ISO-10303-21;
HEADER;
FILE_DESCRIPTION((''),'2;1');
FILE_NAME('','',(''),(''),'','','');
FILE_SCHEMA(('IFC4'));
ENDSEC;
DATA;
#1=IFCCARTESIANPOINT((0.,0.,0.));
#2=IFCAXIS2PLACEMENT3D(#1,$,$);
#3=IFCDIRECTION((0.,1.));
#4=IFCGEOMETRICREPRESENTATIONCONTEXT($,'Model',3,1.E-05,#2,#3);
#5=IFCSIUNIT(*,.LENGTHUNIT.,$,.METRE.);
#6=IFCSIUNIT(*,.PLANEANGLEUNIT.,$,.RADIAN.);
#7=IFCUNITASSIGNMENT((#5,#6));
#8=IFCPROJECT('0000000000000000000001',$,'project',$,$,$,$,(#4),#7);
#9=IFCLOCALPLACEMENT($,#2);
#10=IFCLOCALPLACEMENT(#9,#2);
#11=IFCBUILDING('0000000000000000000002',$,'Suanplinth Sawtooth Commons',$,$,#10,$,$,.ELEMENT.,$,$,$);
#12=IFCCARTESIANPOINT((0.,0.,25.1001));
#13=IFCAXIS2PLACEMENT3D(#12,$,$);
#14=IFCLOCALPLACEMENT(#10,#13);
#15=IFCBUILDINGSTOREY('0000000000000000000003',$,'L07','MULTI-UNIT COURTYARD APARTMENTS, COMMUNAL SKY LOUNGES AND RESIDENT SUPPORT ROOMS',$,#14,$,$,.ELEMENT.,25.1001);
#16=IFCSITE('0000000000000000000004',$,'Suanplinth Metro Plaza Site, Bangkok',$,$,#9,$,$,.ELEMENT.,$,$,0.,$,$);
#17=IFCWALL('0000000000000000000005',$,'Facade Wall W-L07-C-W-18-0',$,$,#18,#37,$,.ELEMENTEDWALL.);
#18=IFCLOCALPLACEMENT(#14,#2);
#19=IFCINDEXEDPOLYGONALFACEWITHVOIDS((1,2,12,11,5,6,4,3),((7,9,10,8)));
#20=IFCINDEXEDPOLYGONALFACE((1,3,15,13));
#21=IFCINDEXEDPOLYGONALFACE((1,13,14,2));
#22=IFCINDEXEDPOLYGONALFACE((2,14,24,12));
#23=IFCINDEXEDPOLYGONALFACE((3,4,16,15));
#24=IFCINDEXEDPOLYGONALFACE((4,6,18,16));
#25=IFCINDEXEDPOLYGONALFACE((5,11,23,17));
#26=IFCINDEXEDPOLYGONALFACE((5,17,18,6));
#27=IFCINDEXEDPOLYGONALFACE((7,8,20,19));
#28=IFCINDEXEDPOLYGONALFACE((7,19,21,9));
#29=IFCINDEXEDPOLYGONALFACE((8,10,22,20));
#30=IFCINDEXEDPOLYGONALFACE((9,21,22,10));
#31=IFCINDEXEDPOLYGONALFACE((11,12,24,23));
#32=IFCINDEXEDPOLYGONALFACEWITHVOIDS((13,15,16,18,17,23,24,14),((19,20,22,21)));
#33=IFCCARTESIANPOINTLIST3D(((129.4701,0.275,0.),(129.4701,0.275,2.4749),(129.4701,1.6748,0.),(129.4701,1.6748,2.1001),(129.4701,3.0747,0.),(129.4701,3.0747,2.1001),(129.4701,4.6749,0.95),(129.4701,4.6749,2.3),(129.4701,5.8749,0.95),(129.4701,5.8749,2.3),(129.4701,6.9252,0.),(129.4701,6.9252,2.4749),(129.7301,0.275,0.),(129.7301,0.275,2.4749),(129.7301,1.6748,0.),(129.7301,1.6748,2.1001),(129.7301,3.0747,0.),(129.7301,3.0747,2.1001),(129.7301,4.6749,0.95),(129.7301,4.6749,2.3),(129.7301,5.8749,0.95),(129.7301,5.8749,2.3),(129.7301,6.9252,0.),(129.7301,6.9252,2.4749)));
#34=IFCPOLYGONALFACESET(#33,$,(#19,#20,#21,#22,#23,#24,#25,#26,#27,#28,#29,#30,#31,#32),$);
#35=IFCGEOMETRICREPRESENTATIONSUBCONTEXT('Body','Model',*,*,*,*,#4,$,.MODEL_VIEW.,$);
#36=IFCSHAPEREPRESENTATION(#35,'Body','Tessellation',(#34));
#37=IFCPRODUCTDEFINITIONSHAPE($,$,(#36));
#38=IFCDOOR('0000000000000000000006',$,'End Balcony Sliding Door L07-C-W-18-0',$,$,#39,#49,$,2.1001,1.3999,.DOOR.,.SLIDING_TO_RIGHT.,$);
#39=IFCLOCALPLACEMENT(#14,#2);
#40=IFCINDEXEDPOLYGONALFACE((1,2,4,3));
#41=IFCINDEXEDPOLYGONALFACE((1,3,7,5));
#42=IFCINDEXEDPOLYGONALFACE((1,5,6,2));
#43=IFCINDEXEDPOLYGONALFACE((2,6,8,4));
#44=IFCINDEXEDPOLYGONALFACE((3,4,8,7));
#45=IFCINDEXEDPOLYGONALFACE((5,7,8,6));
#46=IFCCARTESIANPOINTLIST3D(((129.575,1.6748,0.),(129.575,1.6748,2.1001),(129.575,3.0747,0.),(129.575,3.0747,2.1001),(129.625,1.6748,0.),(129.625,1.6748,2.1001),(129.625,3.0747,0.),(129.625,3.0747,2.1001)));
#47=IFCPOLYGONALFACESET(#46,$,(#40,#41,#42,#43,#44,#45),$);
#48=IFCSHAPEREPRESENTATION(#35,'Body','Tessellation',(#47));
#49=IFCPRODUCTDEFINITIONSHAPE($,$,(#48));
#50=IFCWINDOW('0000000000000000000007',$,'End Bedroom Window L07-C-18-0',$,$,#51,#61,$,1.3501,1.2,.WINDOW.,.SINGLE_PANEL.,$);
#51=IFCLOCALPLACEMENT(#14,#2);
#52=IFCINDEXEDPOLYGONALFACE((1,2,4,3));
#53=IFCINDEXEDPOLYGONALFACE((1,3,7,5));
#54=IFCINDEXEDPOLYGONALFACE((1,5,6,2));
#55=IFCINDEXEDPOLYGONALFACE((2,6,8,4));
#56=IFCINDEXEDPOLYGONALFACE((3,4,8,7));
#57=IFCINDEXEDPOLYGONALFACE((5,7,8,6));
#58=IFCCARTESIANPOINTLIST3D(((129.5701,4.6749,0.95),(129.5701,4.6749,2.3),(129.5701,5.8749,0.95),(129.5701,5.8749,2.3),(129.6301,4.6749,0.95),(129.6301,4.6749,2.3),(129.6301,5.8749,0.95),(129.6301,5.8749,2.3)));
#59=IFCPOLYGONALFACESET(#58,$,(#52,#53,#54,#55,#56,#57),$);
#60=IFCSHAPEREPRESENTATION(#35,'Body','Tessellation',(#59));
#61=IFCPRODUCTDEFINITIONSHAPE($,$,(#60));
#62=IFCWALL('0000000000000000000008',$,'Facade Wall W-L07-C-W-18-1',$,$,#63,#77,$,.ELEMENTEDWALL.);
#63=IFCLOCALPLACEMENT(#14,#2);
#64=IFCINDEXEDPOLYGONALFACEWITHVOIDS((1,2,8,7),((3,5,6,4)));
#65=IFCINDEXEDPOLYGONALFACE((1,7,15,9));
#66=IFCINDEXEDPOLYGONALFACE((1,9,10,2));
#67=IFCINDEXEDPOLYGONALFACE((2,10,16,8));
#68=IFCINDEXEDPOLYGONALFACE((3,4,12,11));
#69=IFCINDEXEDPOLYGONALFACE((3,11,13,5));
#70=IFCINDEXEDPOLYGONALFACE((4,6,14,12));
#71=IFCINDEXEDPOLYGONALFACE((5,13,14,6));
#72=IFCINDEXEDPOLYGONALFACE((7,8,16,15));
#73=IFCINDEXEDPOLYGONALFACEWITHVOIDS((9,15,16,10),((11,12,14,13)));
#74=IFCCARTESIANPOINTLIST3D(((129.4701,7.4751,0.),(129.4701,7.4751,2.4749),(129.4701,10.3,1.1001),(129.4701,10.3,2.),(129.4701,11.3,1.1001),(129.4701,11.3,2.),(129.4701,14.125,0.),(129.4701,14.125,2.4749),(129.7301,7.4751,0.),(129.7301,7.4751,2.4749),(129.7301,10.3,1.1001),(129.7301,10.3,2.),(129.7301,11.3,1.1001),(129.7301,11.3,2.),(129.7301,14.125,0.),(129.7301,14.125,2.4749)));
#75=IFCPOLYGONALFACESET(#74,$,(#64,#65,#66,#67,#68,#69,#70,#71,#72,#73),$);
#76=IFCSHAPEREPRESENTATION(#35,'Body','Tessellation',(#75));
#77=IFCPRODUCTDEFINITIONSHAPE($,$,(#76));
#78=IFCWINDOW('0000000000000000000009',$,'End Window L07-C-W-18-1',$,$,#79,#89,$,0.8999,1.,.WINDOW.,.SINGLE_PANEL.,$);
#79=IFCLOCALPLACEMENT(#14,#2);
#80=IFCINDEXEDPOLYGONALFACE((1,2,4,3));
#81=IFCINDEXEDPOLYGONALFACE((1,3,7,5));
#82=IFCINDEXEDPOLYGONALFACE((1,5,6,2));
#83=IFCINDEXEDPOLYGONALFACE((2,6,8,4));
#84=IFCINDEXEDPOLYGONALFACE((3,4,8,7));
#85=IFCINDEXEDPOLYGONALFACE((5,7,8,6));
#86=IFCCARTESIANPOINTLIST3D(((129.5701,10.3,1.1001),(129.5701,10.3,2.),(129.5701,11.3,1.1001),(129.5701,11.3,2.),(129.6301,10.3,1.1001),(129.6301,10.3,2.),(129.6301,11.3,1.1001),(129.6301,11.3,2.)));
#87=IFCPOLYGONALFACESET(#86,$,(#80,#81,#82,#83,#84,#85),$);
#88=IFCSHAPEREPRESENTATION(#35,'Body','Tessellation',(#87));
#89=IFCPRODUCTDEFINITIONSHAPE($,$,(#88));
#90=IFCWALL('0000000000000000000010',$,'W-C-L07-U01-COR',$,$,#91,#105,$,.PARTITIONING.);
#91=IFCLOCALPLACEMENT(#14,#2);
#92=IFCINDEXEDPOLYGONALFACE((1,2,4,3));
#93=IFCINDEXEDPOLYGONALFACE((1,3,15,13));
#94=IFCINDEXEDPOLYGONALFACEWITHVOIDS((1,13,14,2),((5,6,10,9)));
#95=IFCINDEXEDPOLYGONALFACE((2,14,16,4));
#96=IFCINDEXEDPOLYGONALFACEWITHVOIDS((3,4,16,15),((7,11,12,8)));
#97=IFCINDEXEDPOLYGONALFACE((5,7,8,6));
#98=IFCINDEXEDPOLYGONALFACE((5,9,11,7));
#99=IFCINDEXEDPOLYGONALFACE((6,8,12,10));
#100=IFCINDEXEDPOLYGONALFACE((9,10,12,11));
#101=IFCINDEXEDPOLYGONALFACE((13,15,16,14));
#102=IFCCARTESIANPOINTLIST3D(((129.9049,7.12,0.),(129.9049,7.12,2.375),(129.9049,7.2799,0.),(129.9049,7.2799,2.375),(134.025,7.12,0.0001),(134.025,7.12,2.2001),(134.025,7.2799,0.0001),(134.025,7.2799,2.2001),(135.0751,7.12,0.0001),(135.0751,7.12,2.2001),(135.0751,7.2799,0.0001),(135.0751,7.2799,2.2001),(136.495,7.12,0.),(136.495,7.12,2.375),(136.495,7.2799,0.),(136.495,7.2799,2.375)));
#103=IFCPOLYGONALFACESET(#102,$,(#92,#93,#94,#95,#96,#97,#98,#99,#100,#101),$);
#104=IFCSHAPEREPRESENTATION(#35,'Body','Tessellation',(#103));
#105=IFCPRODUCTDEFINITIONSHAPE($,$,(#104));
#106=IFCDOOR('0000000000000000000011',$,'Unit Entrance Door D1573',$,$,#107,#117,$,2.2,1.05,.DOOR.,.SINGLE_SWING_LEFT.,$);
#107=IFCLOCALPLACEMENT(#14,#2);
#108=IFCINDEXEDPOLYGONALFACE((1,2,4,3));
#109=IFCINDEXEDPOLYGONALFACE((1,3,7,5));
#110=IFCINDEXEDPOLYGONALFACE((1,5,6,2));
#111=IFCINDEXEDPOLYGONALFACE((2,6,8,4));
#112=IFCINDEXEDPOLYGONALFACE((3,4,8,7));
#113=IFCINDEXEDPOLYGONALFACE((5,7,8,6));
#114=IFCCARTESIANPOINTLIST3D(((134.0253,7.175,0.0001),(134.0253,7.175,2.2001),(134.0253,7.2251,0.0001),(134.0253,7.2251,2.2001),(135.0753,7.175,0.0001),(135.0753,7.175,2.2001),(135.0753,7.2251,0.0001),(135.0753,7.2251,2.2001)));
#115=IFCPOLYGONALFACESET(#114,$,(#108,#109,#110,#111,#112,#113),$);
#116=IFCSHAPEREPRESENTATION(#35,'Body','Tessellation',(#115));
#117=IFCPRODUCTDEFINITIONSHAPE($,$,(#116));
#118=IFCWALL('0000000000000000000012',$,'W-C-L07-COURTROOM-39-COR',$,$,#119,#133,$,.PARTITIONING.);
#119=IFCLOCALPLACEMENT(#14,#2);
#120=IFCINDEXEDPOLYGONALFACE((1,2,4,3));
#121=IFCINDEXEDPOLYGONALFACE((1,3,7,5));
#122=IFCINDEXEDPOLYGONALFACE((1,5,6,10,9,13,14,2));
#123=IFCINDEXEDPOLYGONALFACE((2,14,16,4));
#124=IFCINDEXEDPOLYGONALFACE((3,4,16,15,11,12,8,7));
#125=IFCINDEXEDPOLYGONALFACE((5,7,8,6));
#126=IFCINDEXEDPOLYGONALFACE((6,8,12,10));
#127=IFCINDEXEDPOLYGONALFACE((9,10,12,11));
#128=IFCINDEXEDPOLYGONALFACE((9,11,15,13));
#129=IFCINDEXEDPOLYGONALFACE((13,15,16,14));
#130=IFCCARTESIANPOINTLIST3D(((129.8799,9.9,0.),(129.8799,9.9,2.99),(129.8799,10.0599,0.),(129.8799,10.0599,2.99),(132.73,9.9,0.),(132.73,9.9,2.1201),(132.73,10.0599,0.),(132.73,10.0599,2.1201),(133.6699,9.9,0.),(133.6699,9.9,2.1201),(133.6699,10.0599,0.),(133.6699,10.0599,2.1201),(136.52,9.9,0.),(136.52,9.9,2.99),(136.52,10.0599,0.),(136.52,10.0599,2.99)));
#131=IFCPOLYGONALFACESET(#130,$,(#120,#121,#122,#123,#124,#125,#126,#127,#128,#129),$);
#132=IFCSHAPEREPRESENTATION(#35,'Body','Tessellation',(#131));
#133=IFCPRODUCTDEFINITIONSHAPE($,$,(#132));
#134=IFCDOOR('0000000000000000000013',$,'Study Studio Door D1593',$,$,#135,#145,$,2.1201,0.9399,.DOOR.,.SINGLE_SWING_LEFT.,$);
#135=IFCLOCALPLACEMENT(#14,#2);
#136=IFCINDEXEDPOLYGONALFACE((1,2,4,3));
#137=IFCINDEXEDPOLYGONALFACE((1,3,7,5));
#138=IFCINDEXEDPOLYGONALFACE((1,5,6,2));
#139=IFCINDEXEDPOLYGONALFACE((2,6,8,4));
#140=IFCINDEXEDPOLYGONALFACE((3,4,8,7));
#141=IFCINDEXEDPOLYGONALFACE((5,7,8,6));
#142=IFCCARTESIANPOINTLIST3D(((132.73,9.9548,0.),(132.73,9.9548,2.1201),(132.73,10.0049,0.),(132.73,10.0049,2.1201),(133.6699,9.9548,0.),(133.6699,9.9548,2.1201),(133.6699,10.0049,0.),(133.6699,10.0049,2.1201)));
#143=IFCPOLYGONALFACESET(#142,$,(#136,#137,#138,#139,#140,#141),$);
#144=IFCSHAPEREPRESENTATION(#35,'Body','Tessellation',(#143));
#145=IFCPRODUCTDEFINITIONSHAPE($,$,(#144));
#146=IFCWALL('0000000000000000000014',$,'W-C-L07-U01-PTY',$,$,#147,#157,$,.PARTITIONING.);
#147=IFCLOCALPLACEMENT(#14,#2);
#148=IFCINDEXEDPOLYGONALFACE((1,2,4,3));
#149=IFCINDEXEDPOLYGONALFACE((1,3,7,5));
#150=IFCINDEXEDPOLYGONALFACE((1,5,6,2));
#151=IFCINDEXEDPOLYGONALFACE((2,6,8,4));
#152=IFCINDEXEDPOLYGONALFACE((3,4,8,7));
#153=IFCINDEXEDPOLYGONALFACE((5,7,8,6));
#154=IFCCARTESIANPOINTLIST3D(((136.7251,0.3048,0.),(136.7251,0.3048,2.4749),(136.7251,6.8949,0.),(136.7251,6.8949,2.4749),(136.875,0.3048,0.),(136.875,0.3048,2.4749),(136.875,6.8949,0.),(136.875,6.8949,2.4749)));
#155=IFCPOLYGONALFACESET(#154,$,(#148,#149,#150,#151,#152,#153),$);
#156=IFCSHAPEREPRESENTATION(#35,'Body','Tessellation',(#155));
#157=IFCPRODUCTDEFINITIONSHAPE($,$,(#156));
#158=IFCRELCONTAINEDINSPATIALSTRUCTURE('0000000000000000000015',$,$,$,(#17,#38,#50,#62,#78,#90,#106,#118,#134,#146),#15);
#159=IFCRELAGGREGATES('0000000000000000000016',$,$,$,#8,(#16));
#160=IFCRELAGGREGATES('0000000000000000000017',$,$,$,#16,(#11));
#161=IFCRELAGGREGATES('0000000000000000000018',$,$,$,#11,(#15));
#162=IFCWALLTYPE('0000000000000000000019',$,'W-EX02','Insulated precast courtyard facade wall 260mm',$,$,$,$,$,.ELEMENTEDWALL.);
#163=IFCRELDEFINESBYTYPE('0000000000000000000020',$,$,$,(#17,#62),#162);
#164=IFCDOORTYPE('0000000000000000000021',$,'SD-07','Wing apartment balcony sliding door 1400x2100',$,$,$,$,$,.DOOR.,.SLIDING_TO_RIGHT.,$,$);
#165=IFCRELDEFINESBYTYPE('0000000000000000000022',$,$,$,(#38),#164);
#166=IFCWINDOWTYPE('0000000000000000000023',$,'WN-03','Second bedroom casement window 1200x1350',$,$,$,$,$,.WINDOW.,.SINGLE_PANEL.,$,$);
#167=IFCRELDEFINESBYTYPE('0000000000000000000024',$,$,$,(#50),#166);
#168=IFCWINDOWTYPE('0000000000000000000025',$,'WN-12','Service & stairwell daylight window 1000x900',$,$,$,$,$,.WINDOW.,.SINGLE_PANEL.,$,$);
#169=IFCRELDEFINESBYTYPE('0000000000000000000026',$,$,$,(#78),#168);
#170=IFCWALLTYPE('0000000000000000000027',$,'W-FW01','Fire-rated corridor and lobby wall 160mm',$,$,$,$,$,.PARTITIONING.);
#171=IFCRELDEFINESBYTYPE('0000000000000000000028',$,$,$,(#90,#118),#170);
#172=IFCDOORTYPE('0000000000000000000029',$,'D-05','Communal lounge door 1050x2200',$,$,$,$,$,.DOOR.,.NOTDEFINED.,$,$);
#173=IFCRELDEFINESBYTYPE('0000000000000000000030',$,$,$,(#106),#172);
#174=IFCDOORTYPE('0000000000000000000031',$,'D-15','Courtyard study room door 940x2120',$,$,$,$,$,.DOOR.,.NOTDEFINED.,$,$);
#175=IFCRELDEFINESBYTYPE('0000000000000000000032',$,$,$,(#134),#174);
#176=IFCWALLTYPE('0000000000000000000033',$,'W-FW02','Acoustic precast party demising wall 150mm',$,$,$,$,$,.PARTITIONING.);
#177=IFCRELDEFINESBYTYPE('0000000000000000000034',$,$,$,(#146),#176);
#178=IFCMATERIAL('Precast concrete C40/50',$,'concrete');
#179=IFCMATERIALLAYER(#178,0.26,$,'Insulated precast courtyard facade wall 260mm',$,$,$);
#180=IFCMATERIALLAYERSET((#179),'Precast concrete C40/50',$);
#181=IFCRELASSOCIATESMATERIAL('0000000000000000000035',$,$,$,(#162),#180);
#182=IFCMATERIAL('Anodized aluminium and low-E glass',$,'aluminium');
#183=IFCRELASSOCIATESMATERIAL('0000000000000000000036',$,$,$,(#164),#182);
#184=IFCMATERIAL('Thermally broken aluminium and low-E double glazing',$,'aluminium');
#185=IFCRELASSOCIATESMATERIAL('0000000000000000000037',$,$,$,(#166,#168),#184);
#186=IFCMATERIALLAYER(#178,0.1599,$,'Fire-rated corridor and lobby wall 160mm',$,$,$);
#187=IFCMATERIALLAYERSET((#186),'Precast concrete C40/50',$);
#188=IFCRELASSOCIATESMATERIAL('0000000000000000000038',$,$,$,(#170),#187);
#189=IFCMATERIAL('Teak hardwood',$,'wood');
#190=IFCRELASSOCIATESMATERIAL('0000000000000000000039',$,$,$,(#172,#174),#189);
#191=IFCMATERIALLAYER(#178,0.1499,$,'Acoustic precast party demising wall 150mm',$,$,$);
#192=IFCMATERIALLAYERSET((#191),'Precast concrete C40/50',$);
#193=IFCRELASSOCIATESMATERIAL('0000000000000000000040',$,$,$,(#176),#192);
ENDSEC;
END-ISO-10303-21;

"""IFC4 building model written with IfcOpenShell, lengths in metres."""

from ifc_helpers import new_model, si_unit, direction, frame, frame_2d, origin, place, context, subcontext, project, spatial, rectangle, extrude, material, layer, layer_set, type_object, element, fill, save


model = new_model("IFC4")

# Units and contexts
model_context = context("Model", 3, precision=1e-05, world=origin(), true_north=direction((0.0, 1.0)))
body_context = subcontext(model_context, "Body", "Model", "MODEL_VIEW")
ifc_project = project(units=[si_unit("LENGTHUNIT", "METRE"), si_unit("PLANEANGLEUNIT", "RADIAN")], contexts=[model_context])

# Site, building, storey
site_placement = place(None, origin())
site = spatial("IfcSite", under=ifc_project, at=site_placement, Name="Suanplinth Metro Plaza Site, Bangkok", CompositionType="ELEMENT", RefElevation=0.0)
building_placement = place(site_placement, origin())
building = spatial("IfcBuilding", under=site, at=building_placement, Name="Suanplinth Sawtooth Commons", CompositionType="ELEMENT")
storey_placement = place(building_placement, frame((0.0, 0.0, 25.1001)))
storey = spatial("IfcBuildingStorey", under=building, at=storey_placement, Name="L07", Description="MULTI-UNIT COURTYARD APARTMENTS, COMMUNAL SKY LOUNGES AND RESIDENT SUPPORT ROOMS", CompositionType="ELEMENT", Elevation=25.1001)

# Shared definitions
ifc_material_1 = material(Name="Precast concrete C40/50", Category="concrete")

# Wall, openings, door, window
ifc_layer_1 = layer(ifc_material_1, 0.26, Name="Insulated precast courtyard facade wall 260mm")
ifc_layer_set_1 = layer_set([ifc_layer_1], Name="Precast concrete C40/50")
wall_type_1 = type_object("IfcWallType", Name="W-EX02", Description="Insulated precast courtyard facade wall 260mm", PredefinedType="ELEMENTEDWALL", material=ifc_layer_set_1)
ifc_material_2 = material(Name="Anodized aluminium and low-E glass", Category="aluminium")
ifc_material_3 = material(Name="Thermally broken aluminium and low-E double glazing", Category="aluminium")
wall_1_placement = place(storey_placement, frame((129.6001, 0.2749, 0.0), z_axis=(0.0, 0.0, 1.0), x_axis=(0.0, 1.0, 0.0)))
wall_1 = element("IfcWall", 1, at=wall_1_placement, inside=storey, type_object=wall_type_1, Name="Facade Wall W-L07-C-W-18-0", PredefinedType="ELEMENTEDWALL", context=body_context, shape_type="SweptSolid", body=[
    extrude(rectangle(XDim=6.6501, YDim=0.26, at=frame_2d((3.3252, 0.0))), origin(), (0.0, 0.0, 1.0), 2.4749),
])
opening_1_placement = place(wall_1_placement, frame((1.3999, 0.0, 0.0)))
opening_1 = element("IfcOpeningElement", 2, at=opening_1_placement, cuts=wall_1, PredefinedType="OPENING", context=body_context, shape_type="SweptSolid", body=[
    extrude(rectangle(XDim=1.3999, YDim=2.1001, at=frame_2d((0.7, 1.05))), frame((0.0, 0.145, 0.0), z_axis=(0.0, -1.0, 0.0), x_axis=(1.0, 0.0, 0.0)), (0.0, 0.0, 1.0), 0.2898),
])
opening_2_placement = place(wall_1_placement, frame((4.3999, 0.0, 0.95)))
opening_2 = element("IfcOpeningElement", 3, at=opening_2_placement, cuts=wall_1, PredefinedType="OPENING", context=body_context, shape_type="SweptSolid", body=[
    extrude(rectangle(XDim=1.2, YDim=1.3501, at=frame_2d((0.6001, 0.675))), frame((0.0, 0.145, 0.0), z_axis=(0.0, -1.0, 0.0), x_axis=(1.0, 0.0, 0.0)), (0.0, 0.0, 1.0), 0.2898),
])
door_type_1 = type_object("IfcDoorType", Name="SD-07", Description="Wing apartment balcony sliding door 1400x2100", OperationType="SLIDING_TO_RIGHT", PredefinedType="DOOR", material=ifc_material_2)
door_1_placement = place(opening_1_placement, frame((1.3999, 0.0, 0.0), z_axis=(0.0, 0.0, 1.0), x_axis=(-1.0, 0.0, 0.0)))
door_1 = element("IfcDoor", 4, at=door_1_placement, inside=storey, type_object=door_type_1, Name="End Balcony Sliding Door L07-C-W-18-0", OperationType="SLIDING_TO_RIGHT", OverallHeight=2.1001, OverallWidth=1.3999, PredefinedType="DOOR", context=body_context, shape_type="SweptSolid", body=[
    extrude(rectangle(XDim=1.3999, YDim=2.1001, at=frame_2d((0.7, 1.05))), frame((0.0, 0.0249, 0.0), z_axis=(0.0, -1.0, 0.0), x_axis=(1.0, 0.0, 0.0)), (0.0, 0.0, 1.0), 0.05),
])
fill(opening_1, door_1)
window_type_1 = type_object("IfcWindowType", Name="WN-03", Description="Second bedroom casement window 1200x1350", PartitioningType="SINGLE_PANEL", PredefinedType="WINDOW", material=ifc_material_3)
window_1_placement = place(opening_2_placement, origin())
window_1 = element("IfcWindow", 5, at=window_1_placement, inside=storey, type_object=window_type_1, Name="End Bedroom Window L07-C-18-0", OverallHeight=1.3501, OverallWidth=1.2, PartitioningType="SINGLE_PANEL", PredefinedType="WINDOW", context=body_context, shape_type="SweptSolid", body=[
    extrude(rectangle(XDim=1.2, YDim=1.3501, at=frame_2d((0.6001, 0.675))), frame((0.0, 0.03, 0.0), z_axis=(0.0, -1.0, 0.0), x_axis=(1.0, 0.0, 0.0)), (0.0, 0.0, 1.0), 0.0601),
])
fill(opening_2, window_1)

# Wall, opening, window
wall_2_placement = place(storey_placement, frame((129.6001, 7.4751, 0.0), z_axis=(0.0, 0.0, 1.0), x_axis=(0.0, 1.0, 0.0)))
wall_2 = element("IfcWall", 6, at=wall_2_placement, inside=storey, type_object=wall_type_1, Name="Facade Wall W-L07-C-W-18-1", PredefinedType="ELEMENTEDWALL", context=body_context, shape_type="SweptSolid", body=[
    extrude(rectangle(XDim=6.6499, YDim=0.26, at=frame_2d((3.325, 0.0))), origin(), (0.0, 0.0, 1.0), 2.4749),
])
opening_3_placement = place(wall_2_placement, frame((2.825, 0.0, 1.1001)))
opening_3 = element("IfcOpeningElement", 7, at=opening_3_placement, cuts=wall_2, PredefinedType="OPENING", context=body_context, shape_type="SweptSolid", body=[
    extrude(rectangle(XDim=1.0, YDim=0.8999, at=frame_2d((0.5, 0.45))), frame((0.0, 0.145, 0.0), z_axis=(0.0, -1.0, 0.0), x_axis=(1.0, 0.0, 0.0)), (0.0, 0.0, 1.0), 0.2898),
])
window_type_2 = type_object("IfcWindowType", Name="WN-12", Description="Service & stairwell daylight window 1000x900", PartitioningType="SINGLE_PANEL", PredefinedType="WINDOW", material=ifc_material_3)
window_2_placement = place(opening_3_placement, origin())
window_2 = element("IfcWindow", 8, at=window_2_placement, inside=storey, type_object=window_type_2, Name="End Window L07-C-W-18-1", OverallHeight=0.8999, OverallWidth=1.0, PartitioningType="SINGLE_PANEL", PredefinedType="WINDOW", context=body_context, shape_type="SweptSolid", body=[
    extrude(rectangle(XDim=1.0, YDim=0.8999, at=frame_2d((0.5, 0.45))), frame((0.0, 0.03, 0.0), z_axis=(0.0, -1.0, 0.0), x_axis=(1.0, 0.0, 0.0)), (0.0, 0.0, 1.0), 0.0601),
])
fill(opening_3, window_2)

# Walls, openings, doors
ifc_layer_2 = layer(ifc_material_1, 0.1599, Name="Fire-rated corridor and lobby wall 160mm")
ifc_layer_set_2 = layer_set([ifc_layer_2], Name="Precast concrete C40/50")
wall_type_2 = type_object("IfcWallType", Name="W-FW01", Description="Fire-rated corridor and lobby wall 160mm", PredefinedType="PARTITIONING", material=ifc_layer_set_2)
wall_3_placement = place(storey_placement, frame((129.905, 7.2, 0.0), z_axis=(0.0, 0.0, 1.0), x_axis=(1.0, 0.0, 0.0)))
wall_3 = element("IfcWall", 9, at=wall_3_placement, inside=storey, type_object=wall_type_2, Name="W-C-L07-U01-COR", PredefinedType="PARTITIONING", context=body_context, shape_type="SweptSolid", body=[
    extrude(rectangle(XDim=6.5901, YDim=0.1599, at=frame_2d((3.2949, 0.0))), origin(), (0.0, 0.0, 1.0), 2.375),
])
opening_4_placement = place(wall_3_placement, frame((4.1201, 0.0, 0.0)))
opening_4 = element("IfcOpeningElement", 10, at=opening_4_placement, cuts=wall_3, PredefinedType="OPENING", context=body_context, shape_type="SweptSolid", body=[
    extrude(rectangle(XDim=1.05, YDim=2.2, at=frame_2d((0.5249, 1.1001))), frame((0.0, 0.0947, 0.0), z_axis=(0.0, -1.0, 0.0), x_axis=(1.0, 0.0, 0.0)), (0.0, 0.0, 1.0), 0.1897),
])
ifc_material_4 = material(Name="Teak hardwood", Category="wood")
door_type_2 = type_object("IfcDoorType", Name="D-05", Description="Communal lounge door 1050x2200", OperationType="NOTDEFINED", PredefinedType="DOOR", material=ifc_material_4)
door_2_placement = place(opening_4_placement, frame((1.05, 0.0, 0.0), z_axis=(0.0, 0.0, 1.0), x_axis=(-1.0, 0.0, 0.0)))
door_2 = element("IfcDoor", 11, at=door_2_placement, inside=storey, type_object=door_type_2, Name="Unit Entrance Door D1573", OperationType="SINGLE_SWING_LEFT", OverallHeight=2.2, OverallWidth=1.05, PredefinedType="DOOR", context=body_context, shape_type="SweptSolid", body=[
    extrude(rectangle(XDim=1.05, YDim=2.2, at=frame_2d((0.5249, 1.1001))), frame((0.0, 0.0249, 0.0), z_axis=(0.0, -1.0, 0.0), x_axis=(1.0, 0.0, 0.0)), (0.0, 0.0, 1.0), 0.05),
])
fill(opening_4, door_2)
wall_4_placement = place(storey_placement, frame((129.8799, 9.98, 0.0), z_axis=(0.0, 0.0, 1.0), x_axis=(1.0, 0.0, 0.0)))
wall_4 = element("IfcWall", 12, at=wall_4_placement, inside=storey, type_object=wall_type_2, Name="W-C-L07-COURTROOM-39-COR", PredefinedType="PARTITIONING", context=body_context, shape_type="SweptSolid", body=[
    extrude(rectangle(XDim=6.6401, YDim=0.1599, at=frame_2d((3.3201, 0.0))), origin(), (0.0, 0.0, 1.0), 2.99),
])
opening_5_placement = place(wall_4_placement, frame((2.8501, 0.0, 0.0)))
opening_5 = element("IfcOpeningElement", 13, at=opening_5_placement, cuts=wall_4, PredefinedType="OPENING", context=body_context, shape_type="SweptSolid", body=[
    extrude(rectangle(XDim=0.9399, YDim=2.1201, at=frame_2d((0.47, 1.0601))), frame((0.0, 0.0947, 0.0), z_axis=(0.0, -1.0, 0.0), x_axis=(1.0, 0.0, 0.0)), (0.0, 0.0, 1.0), 0.1897),
])
door_type_3 = type_object("IfcDoorType", Name="D-15", Description="Courtyard study room door 940x2120", OperationType="NOTDEFINED", PredefinedType="DOOR", material=ifc_material_4)
door_3_placement = place(opening_5_placement, origin())
door_3 = element("IfcDoor", 14, at=door_3_placement, inside=storey, type_object=door_type_3, Name="Study Studio Door D1593", OperationType="SINGLE_SWING_LEFT", OverallHeight=2.1201, OverallWidth=0.9399, PredefinedType="DOOR", context=body_context, shape_type="SweptSolid", body=[
    extrude(rectangle(XDim=0.9399, YDim=2.1201, at=frame_2d((0.47, 1.0601))), frame((0.0, 0.0249, 0.0), z_axis=(0.0, -1.0, 0.0), x_axis=(1.0, 0.0, 0.0)), (0.0, 0.0, 1.0), 0.05),
])
fill(opening_5, door_3)

# Wall
ifc_layer_3 = layer(ifc_material_1, 0.1499, Name="Acoustic precast party demising wall 150mm")
ifc_layer_set_3 = layer_set([ifc_layer_3], Name="Precast concrete C40/50")
wall_type_3 = type_object("IfcWallType", Name="W-FW02", Description="Acoustic precast party demising wall 150mm", PredefinedType="PARTITIONING", material=ifc_layer_set_3)
wall_5_placement = place(storey_placement, frame((136.8, 0.3049, 0.0), z_axis=(0.0, 0.0, 1.0), x_axis=(0.0, 1.0, 0.0)))
element("IfcWall", 15, at=wall_5_placement, inside=storey, type_object=wall_type_3, Name="W-C-L07-U01-PTY", PredefinedType="PARTITIONING", context=body_context, shape_type="SweptSolid", body=[
    extrude(rectangle(XDim=6.5901, YDim=0.1499, at=frame_2d((3.2949, 0.0))), origin(), (0.0, 0.0, 1.0), 2.4749),
])

save(model, "model.ifc")
